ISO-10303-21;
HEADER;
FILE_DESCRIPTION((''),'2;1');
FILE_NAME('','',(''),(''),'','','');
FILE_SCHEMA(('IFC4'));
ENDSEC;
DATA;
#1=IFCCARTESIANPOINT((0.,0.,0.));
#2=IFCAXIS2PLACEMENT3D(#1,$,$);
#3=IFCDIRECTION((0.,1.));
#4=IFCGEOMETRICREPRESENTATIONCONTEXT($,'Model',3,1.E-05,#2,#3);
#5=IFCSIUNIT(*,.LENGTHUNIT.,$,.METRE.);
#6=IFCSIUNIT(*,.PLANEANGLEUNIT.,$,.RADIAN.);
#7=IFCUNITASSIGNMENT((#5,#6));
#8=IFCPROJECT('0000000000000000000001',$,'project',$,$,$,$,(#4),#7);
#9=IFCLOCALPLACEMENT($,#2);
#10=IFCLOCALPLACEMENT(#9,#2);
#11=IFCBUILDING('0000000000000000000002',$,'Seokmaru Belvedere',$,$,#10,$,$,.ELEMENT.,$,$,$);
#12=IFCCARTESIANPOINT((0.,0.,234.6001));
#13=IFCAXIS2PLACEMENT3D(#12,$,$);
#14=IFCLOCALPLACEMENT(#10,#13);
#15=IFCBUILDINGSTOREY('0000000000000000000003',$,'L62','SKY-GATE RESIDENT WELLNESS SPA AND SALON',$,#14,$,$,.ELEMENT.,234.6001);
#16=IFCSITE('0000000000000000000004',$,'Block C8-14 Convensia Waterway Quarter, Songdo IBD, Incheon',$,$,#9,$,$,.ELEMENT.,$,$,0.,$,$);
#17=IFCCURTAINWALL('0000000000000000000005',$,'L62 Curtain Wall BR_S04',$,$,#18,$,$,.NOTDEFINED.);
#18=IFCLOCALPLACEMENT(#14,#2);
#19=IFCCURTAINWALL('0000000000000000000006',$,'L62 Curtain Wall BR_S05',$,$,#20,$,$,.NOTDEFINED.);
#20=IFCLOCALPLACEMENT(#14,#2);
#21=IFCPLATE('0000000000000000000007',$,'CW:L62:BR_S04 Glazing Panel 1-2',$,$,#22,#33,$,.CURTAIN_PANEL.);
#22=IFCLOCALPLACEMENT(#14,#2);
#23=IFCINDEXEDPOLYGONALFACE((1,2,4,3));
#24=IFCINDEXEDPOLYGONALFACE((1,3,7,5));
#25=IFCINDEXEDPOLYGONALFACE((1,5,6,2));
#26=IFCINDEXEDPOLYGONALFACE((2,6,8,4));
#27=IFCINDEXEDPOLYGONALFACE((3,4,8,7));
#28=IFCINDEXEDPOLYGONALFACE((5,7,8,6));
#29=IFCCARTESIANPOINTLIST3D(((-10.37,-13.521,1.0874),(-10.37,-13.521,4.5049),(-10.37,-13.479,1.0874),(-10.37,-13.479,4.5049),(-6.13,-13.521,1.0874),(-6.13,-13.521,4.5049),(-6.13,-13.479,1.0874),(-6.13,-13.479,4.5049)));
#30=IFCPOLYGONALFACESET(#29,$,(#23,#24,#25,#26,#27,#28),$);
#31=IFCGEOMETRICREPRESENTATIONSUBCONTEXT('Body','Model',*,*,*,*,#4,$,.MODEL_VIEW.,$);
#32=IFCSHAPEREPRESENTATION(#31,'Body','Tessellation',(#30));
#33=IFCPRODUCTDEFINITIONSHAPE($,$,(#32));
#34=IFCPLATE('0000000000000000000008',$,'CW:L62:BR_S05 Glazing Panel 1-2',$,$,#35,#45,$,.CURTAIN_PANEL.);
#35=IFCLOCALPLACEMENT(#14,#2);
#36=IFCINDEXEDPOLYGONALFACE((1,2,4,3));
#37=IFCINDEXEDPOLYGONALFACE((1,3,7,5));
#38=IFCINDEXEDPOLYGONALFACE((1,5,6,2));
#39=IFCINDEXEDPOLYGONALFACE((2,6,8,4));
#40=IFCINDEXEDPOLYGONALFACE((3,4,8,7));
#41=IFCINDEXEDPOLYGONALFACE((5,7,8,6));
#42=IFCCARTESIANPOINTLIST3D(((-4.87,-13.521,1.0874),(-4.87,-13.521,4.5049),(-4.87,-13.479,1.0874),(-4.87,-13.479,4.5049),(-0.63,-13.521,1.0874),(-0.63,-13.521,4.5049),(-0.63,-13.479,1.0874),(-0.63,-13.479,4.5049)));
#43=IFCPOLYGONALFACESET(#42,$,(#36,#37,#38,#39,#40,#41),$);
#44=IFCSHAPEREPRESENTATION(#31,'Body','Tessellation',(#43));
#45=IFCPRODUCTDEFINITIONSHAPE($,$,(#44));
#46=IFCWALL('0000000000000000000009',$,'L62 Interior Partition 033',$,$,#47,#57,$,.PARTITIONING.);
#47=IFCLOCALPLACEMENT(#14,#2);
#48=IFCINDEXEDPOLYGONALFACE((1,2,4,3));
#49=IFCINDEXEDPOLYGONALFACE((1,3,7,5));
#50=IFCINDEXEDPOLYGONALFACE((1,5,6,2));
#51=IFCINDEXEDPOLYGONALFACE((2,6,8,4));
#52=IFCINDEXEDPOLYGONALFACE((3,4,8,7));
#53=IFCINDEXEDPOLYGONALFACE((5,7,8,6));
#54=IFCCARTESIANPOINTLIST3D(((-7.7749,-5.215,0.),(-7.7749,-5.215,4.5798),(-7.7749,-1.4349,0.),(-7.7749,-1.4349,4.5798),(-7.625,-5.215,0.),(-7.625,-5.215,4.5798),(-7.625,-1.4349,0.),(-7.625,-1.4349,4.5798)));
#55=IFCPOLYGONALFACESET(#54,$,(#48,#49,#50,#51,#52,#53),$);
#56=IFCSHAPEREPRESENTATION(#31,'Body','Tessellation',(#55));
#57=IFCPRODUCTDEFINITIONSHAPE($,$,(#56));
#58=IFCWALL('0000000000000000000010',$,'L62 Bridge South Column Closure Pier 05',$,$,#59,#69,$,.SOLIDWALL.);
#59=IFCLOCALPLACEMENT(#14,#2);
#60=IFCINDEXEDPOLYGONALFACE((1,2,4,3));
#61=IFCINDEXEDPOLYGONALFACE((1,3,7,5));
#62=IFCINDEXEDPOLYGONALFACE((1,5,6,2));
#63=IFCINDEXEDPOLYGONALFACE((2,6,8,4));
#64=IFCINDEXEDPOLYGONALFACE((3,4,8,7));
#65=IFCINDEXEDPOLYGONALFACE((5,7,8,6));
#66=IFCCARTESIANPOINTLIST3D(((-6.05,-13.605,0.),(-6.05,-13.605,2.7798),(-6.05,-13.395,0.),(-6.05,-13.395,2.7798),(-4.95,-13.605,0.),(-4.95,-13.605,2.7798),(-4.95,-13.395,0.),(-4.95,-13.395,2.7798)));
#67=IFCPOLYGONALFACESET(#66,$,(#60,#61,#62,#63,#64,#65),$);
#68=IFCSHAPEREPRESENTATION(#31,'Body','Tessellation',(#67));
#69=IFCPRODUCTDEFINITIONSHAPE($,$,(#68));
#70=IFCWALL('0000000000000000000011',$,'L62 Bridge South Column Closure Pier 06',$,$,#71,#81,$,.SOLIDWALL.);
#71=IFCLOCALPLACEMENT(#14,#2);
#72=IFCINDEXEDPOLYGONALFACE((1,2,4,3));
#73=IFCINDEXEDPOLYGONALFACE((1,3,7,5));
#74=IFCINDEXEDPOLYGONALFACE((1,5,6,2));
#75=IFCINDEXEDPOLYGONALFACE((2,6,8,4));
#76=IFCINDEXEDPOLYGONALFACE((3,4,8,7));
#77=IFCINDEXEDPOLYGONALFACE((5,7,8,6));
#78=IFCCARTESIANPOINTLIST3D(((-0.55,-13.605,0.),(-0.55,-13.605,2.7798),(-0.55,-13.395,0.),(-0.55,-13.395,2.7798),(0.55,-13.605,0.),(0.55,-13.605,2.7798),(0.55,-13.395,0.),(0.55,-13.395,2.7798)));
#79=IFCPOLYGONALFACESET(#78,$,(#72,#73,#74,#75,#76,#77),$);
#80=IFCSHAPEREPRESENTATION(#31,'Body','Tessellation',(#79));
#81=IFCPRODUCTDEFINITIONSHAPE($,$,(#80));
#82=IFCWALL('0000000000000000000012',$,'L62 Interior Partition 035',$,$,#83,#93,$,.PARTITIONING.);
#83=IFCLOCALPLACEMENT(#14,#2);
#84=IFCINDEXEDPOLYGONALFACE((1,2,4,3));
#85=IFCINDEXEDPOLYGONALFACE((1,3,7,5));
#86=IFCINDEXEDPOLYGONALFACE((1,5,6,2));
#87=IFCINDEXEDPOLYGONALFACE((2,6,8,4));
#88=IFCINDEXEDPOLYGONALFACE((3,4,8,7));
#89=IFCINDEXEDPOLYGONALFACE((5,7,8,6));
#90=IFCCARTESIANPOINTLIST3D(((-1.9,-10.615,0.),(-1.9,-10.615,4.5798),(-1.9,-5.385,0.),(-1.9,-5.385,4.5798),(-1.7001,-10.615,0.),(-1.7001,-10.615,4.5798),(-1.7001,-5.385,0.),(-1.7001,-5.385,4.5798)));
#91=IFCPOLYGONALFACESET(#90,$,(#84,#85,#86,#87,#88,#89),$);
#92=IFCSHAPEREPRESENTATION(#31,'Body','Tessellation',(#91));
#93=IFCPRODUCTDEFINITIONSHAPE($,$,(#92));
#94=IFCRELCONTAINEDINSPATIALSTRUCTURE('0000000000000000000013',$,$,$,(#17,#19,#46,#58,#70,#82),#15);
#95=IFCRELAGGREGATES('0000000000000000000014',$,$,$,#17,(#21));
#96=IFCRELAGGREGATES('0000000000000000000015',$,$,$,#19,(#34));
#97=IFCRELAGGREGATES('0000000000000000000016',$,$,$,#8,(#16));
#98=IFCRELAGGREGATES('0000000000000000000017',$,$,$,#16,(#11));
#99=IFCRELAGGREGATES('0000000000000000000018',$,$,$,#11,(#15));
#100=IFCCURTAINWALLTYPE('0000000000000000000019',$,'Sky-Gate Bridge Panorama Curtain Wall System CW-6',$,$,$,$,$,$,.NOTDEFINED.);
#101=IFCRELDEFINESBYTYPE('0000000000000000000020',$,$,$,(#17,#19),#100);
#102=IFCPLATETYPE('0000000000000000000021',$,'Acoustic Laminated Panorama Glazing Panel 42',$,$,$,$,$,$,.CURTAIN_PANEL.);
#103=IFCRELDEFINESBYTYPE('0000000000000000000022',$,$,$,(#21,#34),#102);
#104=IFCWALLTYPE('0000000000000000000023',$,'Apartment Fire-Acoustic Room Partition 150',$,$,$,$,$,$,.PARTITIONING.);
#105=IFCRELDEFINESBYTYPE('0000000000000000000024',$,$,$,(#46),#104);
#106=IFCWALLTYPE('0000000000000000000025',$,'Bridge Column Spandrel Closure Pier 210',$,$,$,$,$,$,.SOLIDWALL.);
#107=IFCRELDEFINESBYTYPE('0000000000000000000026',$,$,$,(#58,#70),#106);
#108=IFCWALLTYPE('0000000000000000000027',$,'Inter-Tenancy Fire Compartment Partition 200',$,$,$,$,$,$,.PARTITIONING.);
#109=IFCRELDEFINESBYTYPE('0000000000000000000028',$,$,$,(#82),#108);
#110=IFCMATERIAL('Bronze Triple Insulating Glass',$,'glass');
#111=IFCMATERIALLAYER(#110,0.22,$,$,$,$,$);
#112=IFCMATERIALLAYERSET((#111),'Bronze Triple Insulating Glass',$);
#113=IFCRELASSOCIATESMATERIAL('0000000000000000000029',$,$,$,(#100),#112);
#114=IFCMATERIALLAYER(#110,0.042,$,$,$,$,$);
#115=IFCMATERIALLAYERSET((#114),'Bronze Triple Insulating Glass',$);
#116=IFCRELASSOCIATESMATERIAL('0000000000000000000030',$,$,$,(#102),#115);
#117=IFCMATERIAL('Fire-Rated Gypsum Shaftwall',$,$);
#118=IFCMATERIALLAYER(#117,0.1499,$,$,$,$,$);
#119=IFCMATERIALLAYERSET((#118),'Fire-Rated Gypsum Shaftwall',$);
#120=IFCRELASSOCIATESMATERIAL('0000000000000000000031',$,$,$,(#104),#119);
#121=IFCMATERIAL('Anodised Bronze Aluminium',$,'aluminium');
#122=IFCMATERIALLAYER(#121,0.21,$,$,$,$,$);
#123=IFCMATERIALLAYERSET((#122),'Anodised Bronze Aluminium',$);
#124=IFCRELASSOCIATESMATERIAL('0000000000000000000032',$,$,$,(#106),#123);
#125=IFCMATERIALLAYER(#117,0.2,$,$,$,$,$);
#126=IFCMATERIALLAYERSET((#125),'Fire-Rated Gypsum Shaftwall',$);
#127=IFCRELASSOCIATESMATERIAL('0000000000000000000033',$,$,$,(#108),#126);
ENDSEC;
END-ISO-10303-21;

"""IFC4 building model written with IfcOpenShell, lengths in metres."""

from ifc_helpers import new_model, si_unit, direction, frame, frame_2d, origin, origin_2d, place, context, subcontext, project, spatial, rectangle, extrude, source, transform, mapped, material, layer, layer_set, type_object, type_shapes, element, aggregate, save


model = new_model("IFC4")

# Units and contexts
model_context = context("Model", 3, precision=1e-05, world=origin(), true_north=direction((0.0, 1.0)))
body_context = subcontext(model_context, "Body", "Model", "MODEL_VIEW")
ifc_project = project(units=[si_unit("LENGTHUNIT", "METRE"), si_unit("PLANEANGLEUNIT", "RADIAN")], contexts=[model_context])

# Site, building, storey
site_placement = place(None, origin())
site = spatial("IfcSite", under=ifc_project, at=site_placement, Name="Block C8-14 Convensia Waterway Quarter, Songdo IBD, Incheon", CompositionType="ELEMENT", RefElevation=0.0)
building_placement = place(site_placement, origin())
building = spatial("IfcBuilding", under=site, at=building_placement, Name="Seokmaru Belvedere", CompositionType="ELEMENT")
storey_placement = place(building_placement, frame((0.0, 0.0, 234.6001)))
storey = spatial("IfcBuildingStorey", under=building, at=storey_placement, Name="L62", Description="SKY-GATE RESIDENT WELLNESS SPA AND SALON", CompositionType="ELEMENT", Elevation=234.6001)

# Curtain wall
ifc_material_1 = material(Name="Bronze Triple Insulating Glass", Category="glass")
ifc_layer_1 = layer(ifc_material_1, 0.22)
ifc_layer_set_1 = layer_set([ifc_layer_1], Name="Bronze Triple Insulating Glass")
curtain_wall_type = type_object("IfcCurtainWallType", Name="Sky-Gate Bridge Panorama Curtain Wall System CW-6", PredefinedType="NOTDEFINED", material=ifc_layer_set_1)
curtain_wall_1_placement = place(storey_placement, origin())
curtain_wall_1 = element("IfcCurtainWall", 1, at=curtain_wall_1_placement, inside=storey, type_object=curtain_wall_type, Name="L62 Curtain Wall BR_S04", PredefinedType="NOTDEFINED")
ifc_material_2 = material(Name="Anodised Bronze Aluminium", Category="aluminium")

# Curtain wall
curtain_wall_2_placement = place(storey_placement, origin())
curtain_wall_2 = element("IfcCurtainWall", 2, at=curtain_wall_2_placement, inside=storey, type_object=curtain_wall_type, Name="L62 Curtain Wall BR_S05", PredefinedType="NOTDEFINED")

# Plates
ifc_layer_2 = layer(ifc_material_1, 0.042)
ifc_layer_set_2 = layer_set([ifc_layer_2], Name="Bronze Triple Insulating Glass")
plate_type_1 = type_object("IfcPlateType", Name="Acoustic Laminated Panorama Glazing Panel 42", PredefinedType="CURTAIN_PANEL", material=ifc_layer_set_2)
shared_shape_1 = source(origin(), body_context, "Body", "SweptSolid", [
    extrude(rectangle(XDim=4.24, YDim=0.042, at=origin_2d()), origin(), (0.0, 0.0, 1.0), 3.4175),
])
type_shapes(plate_type_1, [shared_shape_1])
plate_1_placement = place(storey_placement, frame((-8.25, -13.5, 1.0874), z_axis=(0.0, 0.0, 1.0), x_axis=(1.0, 0.0, 0.0)))
plate_1 = element("IfcPlate", 3, at=plate_1_placement, type_object=plate_type_1, Name="CW:L62:BR_S04 Glazing Panel 1-2", PredefinedType="CURTAIN_PANEL", context=body_context, shape_type="MappedRepresentation", body=[
    mapped(shared_shape_1, transform((0.0, 0.0, 0.0), scale=1.0)),
])
aggregate(curtain_wall_1, [plate_1])
plate_2_placement = place(storey_placement, frame((-2.75, -13.5, 1.0874), z_axis=(0.0, 0.0, 1.0), x_axis=(1.0, 0.0, 0.0)))
plate_2 = element("IfcPlate", 4, at=plate_2_placement, type_object=plate_type_1, Name="CW:L62:BR_S05 Glazing Panel 1-2", PredefinedType="CURTAIN_PANEL", context=body_context, shape_type="MappedRepresentation", body=[
    mapped(shared_shape_1, transform((0.0, 0.0, 0.0), scale=1.0)),
])
aggregate(curtain_wall_2, [plate_2])

# Walls
ifc_material_3 = material(Name="Fire-Rated Gypsum Shaftwall")
ifc_layer_3 = layer(ifc_material_3, 0.1499)
ifc_layer_set_3 = layer_set([ifc_layer_3], Name="Fire-Rated Gypsum Shaftwall")
wall_type_1 = type_object("IfcWallType", Name="Apartment Fire-Acoustic Room Partition 150", PredefinedType="PARTITIONING", material=ifc_layer_set_3)
wall_1_placement = place(storey_placement, frame((-7.7, -5.2151, 0.0), z_axis=(0.0, 0.0, 1.0), x_axis=(0.0, 1.0, 0.0)))
element("IfcWall", 5, at=wall_1_placement, inside=storey, type_object=wall_type_1, Name="L62 Interior Partition 033", PredefinedType="PARTITIONING", context=body_context, shape_type="SweptSolid", body=[
    extrude(rectangle(XDim=3.78, YDim=0.1499, at=frame_2d((1.8901, 0.0))), origin(), (0.0, 0.0, 1.0), 4.5798),
])
ifc_layer_4 = layer(ifc_material_2, 0.21)
ifc_layer_set_4 = layer_set([ifc_layer_4], Name="Anodised Bronze Aluminium")
wall_type_2 = type_object("IfcWallType", Name="Bridge Column Spandrel Closure Pier 210", PredefinedType="SOLIDWALL", material=ifc_layer_set_4)
for number, where, z_axis, x_axis, name in (
    (6, (-6.05, -13.5, 0.0), (0.0, 0.0, 1.0), (1.0, 0.0, 0.0), "L62 Bridge South Column Closure Pier 05"),
    (7, (-0.55, -13.5, 0.0), (0.0, 0.0, 1.0), (1.0, 0.0, 0.0), "L62 Bridge South Column Closure Pier 06"),
):
    element("IfcWall", number, at=place(storey_placement, frame(where, z_axis=z_axis, x_axis=x_axis)), inside=storey, type_object=wall_type_2, Name=name, PredefinedType="SOLIDWALL", context=body_context, shape_type="SweptSolid", body=[
        extrude(rectangle(XDim=1.1001, YDim=0.21, at=frame_2d((0.55, 0.0))), origin(), (0.0, 0.0, 1.0), 2.7798),
    ])
ifc_layer_5 = layer(ifc_material_3, 0.2)
ifc_layer_set_5 = layer_set([ifc_layer_5], Name="Fire-Rated Gypsum Shaftwall")
wall_type_3 = type_object("IfcWallType", Name="Inter-Tenancy Fire Compartment Partition 200", PredefinedType="PARTITIONING", material=ifc_layer_set_5)
wall_2_placement = place(storey_placement, frame((-1.8, -10.615, 0.0), z_axis=(0.0, 0.0, 1.0), x_axis=(0.0, 1.0, 0.0)))
element("IfcWall", 8, at=wall_2_placement, inside=storey, type_object=wall_type_3, Name="L62 Interior Partition 035", PredefinedType="PARTITIONING", context=body_context, shape_type="SweptSolid", body=[
    extrude(rectangle(XDim=5.23, YDim=0.2, at=frame_2d((2.615, 0.0))), origin(), (0.0, 0.0, 1.0), 4.5798),
])

save(model, "model.ifc")
